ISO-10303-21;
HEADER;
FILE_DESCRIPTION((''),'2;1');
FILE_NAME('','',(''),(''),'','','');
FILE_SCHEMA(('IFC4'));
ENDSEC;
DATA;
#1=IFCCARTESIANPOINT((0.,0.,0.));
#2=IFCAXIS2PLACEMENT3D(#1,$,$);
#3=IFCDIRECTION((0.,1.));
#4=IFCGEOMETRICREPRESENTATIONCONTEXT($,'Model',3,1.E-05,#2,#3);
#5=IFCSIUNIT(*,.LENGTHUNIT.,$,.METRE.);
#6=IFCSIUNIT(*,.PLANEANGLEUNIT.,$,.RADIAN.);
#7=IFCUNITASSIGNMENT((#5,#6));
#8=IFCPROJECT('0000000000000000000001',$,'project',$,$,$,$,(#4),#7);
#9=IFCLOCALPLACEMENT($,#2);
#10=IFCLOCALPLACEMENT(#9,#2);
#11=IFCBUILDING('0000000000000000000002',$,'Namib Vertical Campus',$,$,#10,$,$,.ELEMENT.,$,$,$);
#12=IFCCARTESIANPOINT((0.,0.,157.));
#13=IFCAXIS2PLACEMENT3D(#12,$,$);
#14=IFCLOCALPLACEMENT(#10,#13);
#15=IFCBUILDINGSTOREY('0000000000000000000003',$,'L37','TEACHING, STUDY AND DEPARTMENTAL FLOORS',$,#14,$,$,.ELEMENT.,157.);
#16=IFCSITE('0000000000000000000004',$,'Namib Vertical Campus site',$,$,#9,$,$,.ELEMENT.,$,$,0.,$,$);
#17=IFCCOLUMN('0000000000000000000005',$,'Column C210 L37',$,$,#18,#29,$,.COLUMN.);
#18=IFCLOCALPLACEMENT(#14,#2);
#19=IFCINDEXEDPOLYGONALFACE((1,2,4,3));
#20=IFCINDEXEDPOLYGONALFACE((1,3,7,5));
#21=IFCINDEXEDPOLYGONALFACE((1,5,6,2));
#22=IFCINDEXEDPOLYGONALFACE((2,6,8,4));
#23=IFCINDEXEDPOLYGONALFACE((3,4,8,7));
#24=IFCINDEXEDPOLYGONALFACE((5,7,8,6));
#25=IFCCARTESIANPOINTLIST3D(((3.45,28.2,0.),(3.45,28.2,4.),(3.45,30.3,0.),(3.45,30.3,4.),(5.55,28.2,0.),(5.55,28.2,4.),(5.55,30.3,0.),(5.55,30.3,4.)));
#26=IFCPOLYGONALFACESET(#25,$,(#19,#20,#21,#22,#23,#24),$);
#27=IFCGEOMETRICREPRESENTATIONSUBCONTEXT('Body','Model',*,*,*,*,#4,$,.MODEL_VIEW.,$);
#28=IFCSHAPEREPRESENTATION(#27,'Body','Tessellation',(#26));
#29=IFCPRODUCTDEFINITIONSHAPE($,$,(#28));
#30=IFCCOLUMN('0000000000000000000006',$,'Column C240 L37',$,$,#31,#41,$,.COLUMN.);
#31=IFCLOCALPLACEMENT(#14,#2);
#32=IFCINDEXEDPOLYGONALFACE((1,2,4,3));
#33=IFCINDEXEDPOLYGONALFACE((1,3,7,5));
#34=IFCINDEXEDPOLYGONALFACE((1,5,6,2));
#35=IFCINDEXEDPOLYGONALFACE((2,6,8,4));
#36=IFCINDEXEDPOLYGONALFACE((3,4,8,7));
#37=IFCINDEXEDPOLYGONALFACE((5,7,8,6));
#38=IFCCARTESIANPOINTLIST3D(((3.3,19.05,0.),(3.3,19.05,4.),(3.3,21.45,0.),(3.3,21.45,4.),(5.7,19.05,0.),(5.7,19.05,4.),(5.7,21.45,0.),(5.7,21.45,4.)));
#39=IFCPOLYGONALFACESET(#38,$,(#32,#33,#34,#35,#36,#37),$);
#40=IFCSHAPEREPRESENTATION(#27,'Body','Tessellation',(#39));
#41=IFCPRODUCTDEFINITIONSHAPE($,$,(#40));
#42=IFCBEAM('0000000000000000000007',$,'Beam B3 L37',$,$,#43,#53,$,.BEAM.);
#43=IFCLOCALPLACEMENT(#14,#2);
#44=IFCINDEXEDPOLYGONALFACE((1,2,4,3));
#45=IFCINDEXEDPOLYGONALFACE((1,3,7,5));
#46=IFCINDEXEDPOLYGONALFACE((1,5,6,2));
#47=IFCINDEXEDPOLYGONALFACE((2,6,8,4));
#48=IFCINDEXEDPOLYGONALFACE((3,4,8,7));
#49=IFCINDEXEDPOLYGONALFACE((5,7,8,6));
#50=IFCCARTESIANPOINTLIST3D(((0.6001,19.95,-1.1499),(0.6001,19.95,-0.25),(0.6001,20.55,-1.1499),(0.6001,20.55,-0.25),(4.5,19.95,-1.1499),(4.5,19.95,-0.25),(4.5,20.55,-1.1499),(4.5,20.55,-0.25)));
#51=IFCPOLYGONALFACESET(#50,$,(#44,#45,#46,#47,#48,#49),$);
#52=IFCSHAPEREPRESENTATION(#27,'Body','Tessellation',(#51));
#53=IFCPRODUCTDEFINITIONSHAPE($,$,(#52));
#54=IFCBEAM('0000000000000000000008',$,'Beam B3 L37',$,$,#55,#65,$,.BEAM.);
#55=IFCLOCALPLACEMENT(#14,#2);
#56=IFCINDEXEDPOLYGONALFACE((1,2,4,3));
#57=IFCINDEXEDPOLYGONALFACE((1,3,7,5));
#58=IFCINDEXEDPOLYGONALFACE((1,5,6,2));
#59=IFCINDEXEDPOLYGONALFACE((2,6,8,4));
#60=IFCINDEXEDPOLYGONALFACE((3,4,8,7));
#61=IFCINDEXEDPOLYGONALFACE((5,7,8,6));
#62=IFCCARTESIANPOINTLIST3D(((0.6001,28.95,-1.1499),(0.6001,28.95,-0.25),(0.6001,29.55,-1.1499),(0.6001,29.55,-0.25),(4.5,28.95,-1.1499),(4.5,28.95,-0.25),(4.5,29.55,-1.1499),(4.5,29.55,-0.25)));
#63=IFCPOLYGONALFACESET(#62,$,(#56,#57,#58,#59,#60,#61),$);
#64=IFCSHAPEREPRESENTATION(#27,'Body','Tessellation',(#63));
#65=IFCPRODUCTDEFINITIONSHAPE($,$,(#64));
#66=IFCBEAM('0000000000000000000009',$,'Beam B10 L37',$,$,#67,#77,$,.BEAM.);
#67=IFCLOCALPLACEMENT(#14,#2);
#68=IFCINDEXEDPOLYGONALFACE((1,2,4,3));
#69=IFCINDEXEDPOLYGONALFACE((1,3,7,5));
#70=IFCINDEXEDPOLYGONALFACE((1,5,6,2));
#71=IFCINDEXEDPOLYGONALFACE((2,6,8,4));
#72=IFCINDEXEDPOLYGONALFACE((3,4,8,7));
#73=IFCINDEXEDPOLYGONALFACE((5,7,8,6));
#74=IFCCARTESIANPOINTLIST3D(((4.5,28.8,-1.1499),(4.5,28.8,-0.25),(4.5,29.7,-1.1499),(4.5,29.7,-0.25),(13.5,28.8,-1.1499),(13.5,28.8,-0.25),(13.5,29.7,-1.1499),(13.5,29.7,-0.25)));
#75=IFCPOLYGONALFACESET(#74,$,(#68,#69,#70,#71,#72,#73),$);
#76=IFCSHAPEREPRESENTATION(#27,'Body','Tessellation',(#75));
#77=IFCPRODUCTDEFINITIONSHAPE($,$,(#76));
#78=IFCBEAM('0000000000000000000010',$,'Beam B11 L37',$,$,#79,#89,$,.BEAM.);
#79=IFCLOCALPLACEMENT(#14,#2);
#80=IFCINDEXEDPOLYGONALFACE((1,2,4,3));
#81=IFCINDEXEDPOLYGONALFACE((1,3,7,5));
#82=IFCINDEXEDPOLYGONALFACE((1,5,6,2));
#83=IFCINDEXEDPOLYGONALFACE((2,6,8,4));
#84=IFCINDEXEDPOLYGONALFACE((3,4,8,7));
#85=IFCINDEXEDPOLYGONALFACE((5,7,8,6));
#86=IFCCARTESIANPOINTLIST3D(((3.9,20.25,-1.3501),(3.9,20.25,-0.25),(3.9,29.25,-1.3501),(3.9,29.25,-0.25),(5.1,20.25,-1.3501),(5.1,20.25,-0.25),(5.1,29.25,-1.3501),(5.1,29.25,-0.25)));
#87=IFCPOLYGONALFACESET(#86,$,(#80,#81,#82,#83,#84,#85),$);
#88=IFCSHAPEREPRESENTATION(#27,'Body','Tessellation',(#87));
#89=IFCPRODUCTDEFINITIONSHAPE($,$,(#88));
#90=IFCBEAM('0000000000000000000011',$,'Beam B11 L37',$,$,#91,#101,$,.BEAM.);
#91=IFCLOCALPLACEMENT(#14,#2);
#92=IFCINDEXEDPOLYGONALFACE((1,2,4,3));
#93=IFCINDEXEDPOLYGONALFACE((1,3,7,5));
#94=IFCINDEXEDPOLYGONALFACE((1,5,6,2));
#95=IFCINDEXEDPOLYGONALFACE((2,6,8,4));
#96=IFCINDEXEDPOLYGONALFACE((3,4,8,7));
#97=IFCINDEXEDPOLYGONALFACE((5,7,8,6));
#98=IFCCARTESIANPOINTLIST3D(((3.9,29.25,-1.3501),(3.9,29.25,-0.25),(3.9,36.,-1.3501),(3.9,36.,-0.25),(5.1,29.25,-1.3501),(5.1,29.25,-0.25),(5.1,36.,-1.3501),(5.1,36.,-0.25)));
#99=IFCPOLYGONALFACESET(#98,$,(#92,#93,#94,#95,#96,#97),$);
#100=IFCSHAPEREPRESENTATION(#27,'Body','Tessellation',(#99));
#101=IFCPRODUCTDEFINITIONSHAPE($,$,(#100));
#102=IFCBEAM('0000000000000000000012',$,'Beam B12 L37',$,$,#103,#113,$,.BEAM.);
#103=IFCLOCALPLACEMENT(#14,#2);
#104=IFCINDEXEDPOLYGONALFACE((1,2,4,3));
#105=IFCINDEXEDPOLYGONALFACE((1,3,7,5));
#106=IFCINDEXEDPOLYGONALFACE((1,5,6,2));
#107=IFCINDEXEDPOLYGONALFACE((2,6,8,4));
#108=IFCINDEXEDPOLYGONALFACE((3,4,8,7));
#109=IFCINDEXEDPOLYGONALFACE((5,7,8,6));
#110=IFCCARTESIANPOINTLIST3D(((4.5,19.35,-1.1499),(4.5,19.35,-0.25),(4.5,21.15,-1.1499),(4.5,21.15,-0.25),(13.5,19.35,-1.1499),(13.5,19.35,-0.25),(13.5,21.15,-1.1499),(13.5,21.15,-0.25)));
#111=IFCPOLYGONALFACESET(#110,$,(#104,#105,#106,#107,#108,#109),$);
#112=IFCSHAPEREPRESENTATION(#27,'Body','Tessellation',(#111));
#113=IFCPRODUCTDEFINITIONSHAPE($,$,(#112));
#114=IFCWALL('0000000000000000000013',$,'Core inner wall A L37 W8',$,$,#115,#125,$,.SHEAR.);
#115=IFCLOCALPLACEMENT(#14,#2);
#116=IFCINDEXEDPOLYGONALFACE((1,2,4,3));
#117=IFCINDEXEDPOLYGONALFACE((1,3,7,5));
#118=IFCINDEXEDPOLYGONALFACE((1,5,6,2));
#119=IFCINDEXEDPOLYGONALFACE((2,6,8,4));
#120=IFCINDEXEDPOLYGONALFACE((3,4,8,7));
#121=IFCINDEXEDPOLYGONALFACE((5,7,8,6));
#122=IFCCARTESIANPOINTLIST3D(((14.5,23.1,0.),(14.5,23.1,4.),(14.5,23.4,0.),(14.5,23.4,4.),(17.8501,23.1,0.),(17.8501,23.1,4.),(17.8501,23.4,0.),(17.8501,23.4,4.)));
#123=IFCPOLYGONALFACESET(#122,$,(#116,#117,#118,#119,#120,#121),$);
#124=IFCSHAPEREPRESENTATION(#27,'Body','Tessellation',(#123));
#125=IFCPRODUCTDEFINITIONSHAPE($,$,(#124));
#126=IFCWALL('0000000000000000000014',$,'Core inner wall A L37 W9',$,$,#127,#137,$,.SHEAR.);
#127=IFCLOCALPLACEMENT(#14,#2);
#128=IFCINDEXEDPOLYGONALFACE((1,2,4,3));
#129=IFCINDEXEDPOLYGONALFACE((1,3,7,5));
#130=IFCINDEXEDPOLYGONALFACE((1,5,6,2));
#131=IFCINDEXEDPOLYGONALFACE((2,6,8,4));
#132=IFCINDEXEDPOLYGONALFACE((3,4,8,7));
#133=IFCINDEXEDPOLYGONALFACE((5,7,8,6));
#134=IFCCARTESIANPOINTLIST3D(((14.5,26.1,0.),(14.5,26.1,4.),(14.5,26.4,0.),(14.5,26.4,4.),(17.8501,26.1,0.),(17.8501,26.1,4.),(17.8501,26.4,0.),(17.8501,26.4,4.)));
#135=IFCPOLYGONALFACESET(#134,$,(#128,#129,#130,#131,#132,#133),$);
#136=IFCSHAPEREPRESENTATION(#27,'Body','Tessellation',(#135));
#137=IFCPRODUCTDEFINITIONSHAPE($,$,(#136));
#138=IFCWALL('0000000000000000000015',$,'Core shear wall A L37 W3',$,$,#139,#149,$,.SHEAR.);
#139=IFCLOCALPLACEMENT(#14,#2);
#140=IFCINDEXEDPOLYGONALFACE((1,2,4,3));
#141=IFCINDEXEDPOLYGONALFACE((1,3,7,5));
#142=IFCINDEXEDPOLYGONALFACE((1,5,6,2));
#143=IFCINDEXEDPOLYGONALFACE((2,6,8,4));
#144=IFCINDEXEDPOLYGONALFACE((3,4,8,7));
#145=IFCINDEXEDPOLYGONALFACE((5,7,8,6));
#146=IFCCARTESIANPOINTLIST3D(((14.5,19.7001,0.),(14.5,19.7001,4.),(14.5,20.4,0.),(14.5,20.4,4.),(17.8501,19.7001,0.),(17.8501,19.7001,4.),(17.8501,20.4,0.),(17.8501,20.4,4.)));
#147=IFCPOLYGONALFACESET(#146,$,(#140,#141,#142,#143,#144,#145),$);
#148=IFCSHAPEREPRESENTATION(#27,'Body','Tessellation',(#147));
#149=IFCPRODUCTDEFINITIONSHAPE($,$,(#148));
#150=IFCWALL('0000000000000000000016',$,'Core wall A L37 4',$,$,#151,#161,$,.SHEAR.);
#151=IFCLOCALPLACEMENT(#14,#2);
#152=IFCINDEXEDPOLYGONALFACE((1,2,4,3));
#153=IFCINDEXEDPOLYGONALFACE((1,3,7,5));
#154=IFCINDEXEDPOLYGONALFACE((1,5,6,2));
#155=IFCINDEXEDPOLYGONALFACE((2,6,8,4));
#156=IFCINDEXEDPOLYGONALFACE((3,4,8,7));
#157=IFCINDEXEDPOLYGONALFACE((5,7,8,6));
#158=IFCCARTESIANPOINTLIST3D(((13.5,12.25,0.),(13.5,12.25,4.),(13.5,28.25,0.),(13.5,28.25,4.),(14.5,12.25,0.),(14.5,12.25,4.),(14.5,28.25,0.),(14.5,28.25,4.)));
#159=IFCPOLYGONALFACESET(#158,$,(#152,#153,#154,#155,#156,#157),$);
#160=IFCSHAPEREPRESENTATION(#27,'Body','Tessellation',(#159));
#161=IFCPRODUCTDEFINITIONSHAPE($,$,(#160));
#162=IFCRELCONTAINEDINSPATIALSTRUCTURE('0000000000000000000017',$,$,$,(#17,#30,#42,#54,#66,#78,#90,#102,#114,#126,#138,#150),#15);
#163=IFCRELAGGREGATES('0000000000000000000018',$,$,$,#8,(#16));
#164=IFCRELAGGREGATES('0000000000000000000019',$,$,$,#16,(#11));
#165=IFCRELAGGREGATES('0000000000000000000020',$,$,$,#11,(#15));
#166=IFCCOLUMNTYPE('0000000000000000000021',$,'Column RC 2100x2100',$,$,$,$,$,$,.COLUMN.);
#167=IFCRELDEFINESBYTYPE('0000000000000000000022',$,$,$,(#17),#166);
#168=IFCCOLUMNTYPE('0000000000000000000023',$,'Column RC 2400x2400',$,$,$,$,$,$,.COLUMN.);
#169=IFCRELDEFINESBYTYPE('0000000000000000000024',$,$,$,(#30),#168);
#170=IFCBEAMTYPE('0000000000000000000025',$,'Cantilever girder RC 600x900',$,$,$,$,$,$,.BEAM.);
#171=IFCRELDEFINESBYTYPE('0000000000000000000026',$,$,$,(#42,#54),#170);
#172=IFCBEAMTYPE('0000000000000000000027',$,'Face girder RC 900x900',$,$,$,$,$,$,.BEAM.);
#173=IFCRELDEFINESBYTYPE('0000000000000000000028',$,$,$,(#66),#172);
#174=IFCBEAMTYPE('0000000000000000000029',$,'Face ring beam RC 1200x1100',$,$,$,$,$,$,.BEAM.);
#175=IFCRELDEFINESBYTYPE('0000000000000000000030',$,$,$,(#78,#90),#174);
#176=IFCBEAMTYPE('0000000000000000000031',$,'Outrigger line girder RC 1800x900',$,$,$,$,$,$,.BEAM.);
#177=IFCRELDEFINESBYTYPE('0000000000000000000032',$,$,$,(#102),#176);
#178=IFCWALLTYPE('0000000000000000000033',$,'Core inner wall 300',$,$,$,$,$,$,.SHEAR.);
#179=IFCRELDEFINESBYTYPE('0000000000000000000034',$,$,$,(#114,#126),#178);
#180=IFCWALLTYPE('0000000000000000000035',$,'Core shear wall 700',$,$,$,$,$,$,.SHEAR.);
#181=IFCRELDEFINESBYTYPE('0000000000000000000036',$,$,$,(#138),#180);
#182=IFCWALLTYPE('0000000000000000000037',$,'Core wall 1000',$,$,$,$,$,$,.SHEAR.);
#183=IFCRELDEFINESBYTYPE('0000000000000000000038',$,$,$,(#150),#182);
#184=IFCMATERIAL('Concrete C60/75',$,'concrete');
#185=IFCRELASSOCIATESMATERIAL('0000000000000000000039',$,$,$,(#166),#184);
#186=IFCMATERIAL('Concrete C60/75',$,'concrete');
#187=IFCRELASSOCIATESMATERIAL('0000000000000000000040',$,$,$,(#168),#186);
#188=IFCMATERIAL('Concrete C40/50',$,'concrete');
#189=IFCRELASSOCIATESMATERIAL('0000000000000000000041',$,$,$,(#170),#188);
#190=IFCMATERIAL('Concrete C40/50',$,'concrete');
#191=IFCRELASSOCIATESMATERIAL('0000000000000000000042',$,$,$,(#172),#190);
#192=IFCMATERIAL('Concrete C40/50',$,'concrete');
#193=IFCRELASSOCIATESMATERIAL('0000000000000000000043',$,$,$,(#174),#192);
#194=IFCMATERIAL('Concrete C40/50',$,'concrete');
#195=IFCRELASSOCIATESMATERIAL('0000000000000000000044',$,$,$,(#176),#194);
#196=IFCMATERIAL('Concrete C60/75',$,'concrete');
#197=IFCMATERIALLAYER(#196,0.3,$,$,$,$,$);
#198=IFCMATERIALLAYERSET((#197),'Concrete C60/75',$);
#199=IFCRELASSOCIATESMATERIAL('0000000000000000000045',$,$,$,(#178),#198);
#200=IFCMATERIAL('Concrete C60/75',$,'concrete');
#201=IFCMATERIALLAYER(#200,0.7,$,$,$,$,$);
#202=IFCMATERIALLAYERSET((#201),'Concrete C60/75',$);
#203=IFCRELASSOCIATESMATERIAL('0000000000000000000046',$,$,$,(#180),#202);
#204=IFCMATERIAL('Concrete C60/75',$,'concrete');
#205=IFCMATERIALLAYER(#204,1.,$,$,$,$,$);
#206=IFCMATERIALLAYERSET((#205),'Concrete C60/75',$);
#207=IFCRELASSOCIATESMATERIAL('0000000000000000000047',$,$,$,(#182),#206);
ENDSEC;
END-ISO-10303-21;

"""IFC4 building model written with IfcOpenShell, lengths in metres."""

from ifc_helpers import new_model, si_unit, direction, frame, frame_2d, origin, origin_2d, place, context, subcontext, project, spatial, rectangle, extrude, material, layer, layer_set, material_profile, profile_set, type_object, element, save


model = new_model("IFC4")

# Units and contexts
model_context = context("Model", 3, precision=1e-05, world=origin(), true_north=direction((0.0, 1.0)))
body_context = subcontext(model_context, "Body", "Model", "MODEL_VIEW")
ifc_project = project(units=[si_unit("LENGTHUNIT", "METRE"), si_unit("PLANEANGLEUNIT", "RADIAN")], contexts=[model_context])

# Site, building, storey
site_placement = place(None, origin())
site = spatial("IfcSite", under=ifc_project, at=site_placement, Name="Namib Vertical Campus site", CompositionType="ELEMENT", RefElevation=0.0)
building_placement = place(site_placement, origin())
building = spatial("IfcBuilding", under=site, at=building_placement, Name="Namib Vertical Campus", CompositionType="ELEMENT")
storey_placement = place(building_placement, frame((0.0, 0.0, 157.0)))
storey = spatial("IfcBuildingStorey", under=building, at=storey_placement, Name="L37", Description="TEACHING, STUDY AND DEPARTMENTAL FLOORS", CompositionType="ELEMENT", Elevation=157.0)

# Columns
ifc_material_1 = material(Name="Concrete C60/75", Category="concrete")
ifc_material_profile_1 = material_profile(ifc_material_1, rectangle(XDim=2.1001, YDim=2.1001, at=origin_2d()))
ifc_profile_set_1 = profile_set([ifc_material_profile_1], Name="Concrete C60/75")
column_type_1 = type_object("IfcColumnType", Name="Column RC 2100x2100", PredefinedType="COLUMN", material=ifc_profile_set_1)
column_1_placement = place(storey_placement, frame((4.5, 29.25, 0.0), z_axis=(0.0, 0.0, 1.0), x_axis=(1.0, 0.0, 0.0)))
element("IfcColumn", 1, at=column_1_placement, inside=storey, type_object=column_type_1, Name="Column C210 L37", PredefinedType="COLUMN", context=body_context, shape_type="SweptSolid", body=[
    extrude(rectangle(XDim=2.1001, YDim=2.1001, at=origin_2d()), origin(), (0.0, 0.0, 1.0), 4.0),
])
ifc_material_2 = material(Name="Concrete C60/75", Category="concrete")
ifc_material_profile_2 = material_profile(ifc_material_2, rectangle(XDim=2.3999, YDim=2.3999, at=origin_2d()))
ifc_profile_set_2 = profile_set([ifc_material_profile_2], Name="Concrete C60/75")
column_type_2 = type_object("IfcColumnType", Name="Column RC 2400x2400", PredefinedType="COLUMN", material=ifc_profile_set_2)
column_2_placement = place(storey_placement, frame((4.5, 20.25, 0.0), z_axis=(0.0, 0.0, 1.0), x_axis=(1.0, 0.0, 0.0)))
element("IfcColumn", 2, at=column_2_placement, inside=storey, type_object=column_type_2, Name="Column C240 L37", PredefinedType="COLUMN", context=body_context, shape_type="SweptSolid", body=[
    extrude(rectangle(XDim=2.3999, YDim=2.3999, at=origin_2d()), origin(), (0.0, 0.0, 1.0), 4.0),
])

# Beams
ifc_material_3 = material(Name="Concrete C40/50", Category="concrete")
ifc_material_profile_3 = material_profile(ifc_material_3, rectangle(XDim=0.6001, YDim=0.8999, at=origin_2d()))
ifc_profile_set_3 = profile_set([ifc_material_profile_3], Name="Concrete C40/50")
beam_type_1 = type_object("IfcBeamType", Name="Cantilever girder RC 600x900", PredefinedType="BEAM", material=ifc_profile_set_3)
for number, where, z_axis, x_axis, name in (
    (3, (4.5, 20.25, -0.7), (-1.0, 0.0, 0.0), (0.0, -1.0, 0.0), "Beam B3 L37"),
    (4, (4.5, 29.25, -0.7), (-1.0, 0.0, 0.0), (0.0, -1.0, 0.0), "Beam B3 L37"),
):
    element("IfcBeam", number, at=place(storey_placement, frame(where, z_axis=z_axis, x_axis=x_axis)), inside=storey, type_object=beam_type_1, Name=name, PredefinedType="BEAM", context=body_context, shape_type="SweptSolid", body=[
        extrude(rectangle(XDim=0.6001, YDim=0.8999, at=origin_2d()), origin(), (0.0, 0.0, 1.0), 3.8999),
    ])
ifc_material_4 = material(Name="Concrete C40/50", Category="concrete")
ifc_material_profile_4 = material_profile(ifc_material_4, rectangle(XDim=0.8999, YDim=0.8999, at=origin_2d()))
ifc_profile_set_4 = profile_set([ifc_material_profile_4], Name="Concrete C40/50")
beam_type_2 = type_object("IfcBeamType", Name="Face girder RC 900x900", PredefinedType="BEAM", material=ifc_profile_set_4)
beam_1_placement = place(storey_placement, frame((4.5, 29.25, -0.7), z_axis=(1.0, 0.0, 0.0), x_axis=(0.0, 1.0, 0.0)))
element("IfcBeam", 5, at=beam_1_placement, inside=storey, type_object=beam_type_2, Name="Beam B10 L37", PredefinedType="BEAM", context=body_context, shape_type="SweptSolid", body=[
    extrude(rectangle(XDim=0.8999, YDim=0.8999, at=origin_2d()), origin(), (0.0, 0.0, 1.0), 9.0),
])
ifc_material_5 = material(Name="Concrete C40/50", Category="concrete")
ifc_material_profile_5 = material_profile(ifc_material_5, rectangle(XDim=1.2, YDim=1.1001, at=origin_2d()))
ifc_profile_set_5 = profile_set([ifc_material_profile_5], Name="Concrete C40/50")
beam_type_3 = type_object("IfcBeamType", Name="Face ring beam RC 1200x1100", PredefinedType="BEAM", material=ifc_profile_set_5)
beam_2_placement = place(storey_placement, frame((4.5, 20.25, -0.8), z_axis=(0.0, 1.0, 0.0), x_axis=(-1.0, 0.0, 0.0)))
element("IfcBeam", 6, at=beam_2_placement, inside=storey, type_object=beam_type_3, Name="Beam B11 L37", PredefinedType="BEAM", context=body_context, shape_type="SweptSolid", body=[
    extrude(rectangle(XDim=1.2, YDim=1.1001, at=origin_2d()), origin(), (0.0, 0.0, 1.0), 9.0),
])
beam_3_placement = place(storey_placement, frame((4.5, 29.25, -0.8), z_axis=(0.0, 1.0, 0.0), x_axis=(-1.0, 0.0, 0.0)))
element("IfcBeam", 7, at=beam_3_placement, inside=storey, type_object=beam_type_3, Name="Beam B11 L37", PredefinedType="BEAM", context=body_context, shape_type="SweptSolid", body=[
    extrude(rectangle(XDim=1.2, YDim=1.1001, at=origin_2d()), origin(), (0.0, 0.0, 1.0), 6.75),
])
ifc_material_6 = material(Name="Concrete C40/50", Category="concrete")
ifc_material_profile_6 = material_profile(ifc_material_6, rectangle(XDim=1.8, YDim=0.8999, at=origin_2d()))
ifc_profile_set_6 = profile_set([ifc_material_profile_6], Name="Concrete C40/50")
beam_type_4 = type_object("IfcBeamType", Name="Outrigger line girder RC 1800x900", PredefinedType="BEAM", material=ifc_profile_set_6)
beam_4_placement = place(storey_placement, frame((4.5, 20.25, -0.7), z_axis=(1.0, 0.0, 0.0), x_axis=(0.0, 1.0, 0.0)))
element("IfcBeam", 8, at=beam_4_placement, inside=storey, type_object=beam_type_4, Name="Beam B12 L37", PredefinedType="BEAM", context=body_context, shape_type="SweptSolid", body=[
    extrude(rectangle(XDim=1.8, YDim=0.8999, at=origin_2d()), origin(), (0.0, 0.0, 1.0), 9.0),
])

# Walls
ifc_material_7 = material(Name="Concrete C60/75", Category="concrete")
ifc_layer_1 = layer(ifc_material_7, 0.3)
ifc_layer_set_1 = layer_set([ifc_layer_1], Name="Concrete C60/75")
wall_type_1 = type_object("IfcWallType", Name="Core inner wall 300", PredefinedType="SHEAR", material=ifc_layer_set_1)
for number, where, z_axis, x_axis, name in (
    (9, (14.5, 23.25, 0.0), (0.0, 0.0, 1.0), (1.0, 0.0, 0.0), "Core inner wall A L37 W8"),
    (10, (14.5, 26.25, 0.0), (0.0, 0.0, 1.0), (1.0, 0.0, 0.0), "Core inner wall A L37 W9"),
):
    element("IfcWall", number, at=place(storey_placement, frame(where, z_axis=z_axis, x_axis=x_axis)), inside=storey, type_object=wall_type_1, Name=name, PredefinedType="SHEAR", context=body_context, shape_type="SweptSolid", body=[
        extrude(rectangle(XDim=3.3501, YDim=0.3, at=frame_2d((1.675, 0.0))), origin(), (0.0, 0.0, 1.0), 4.0),
    ])
ifc_material_8 = material(Name="Concrete C60/75", Category="concrete")
ifc_layer_2 = layer(ifc_material_8, 0.7)
ifc_layer_set_2 = layer_set([ifc_layer_2], Name="Concrete C60/75")
wall_type_2 = type_object("IfcWallType", Name="Core shear wall 700", PredefinedType="SHEAR", material=ifc_layer_set_2)
wall_1_placement = place(storey_placement, frame((14.5, 20.05, 0.0), z_axis=(0.0, 0.0, 1.0), x_axis=(1.0, 0.0, 0.0)))
element("IfcWall", 11, at=wall_1_placement, inside=storey, type_object=wall_type_2, Name="Core shear wall A L37 W3", PredefinedType="SHEAR", context=body_context, shape_type="SweptSolid", body=[
    extrude(rectangle(XDim=3.3501, YDim=0.7, at=frame_2d((1.675, 0.0))), origin(), (0.0, 0.0, 1.0), 4.0),
])
ifc_material_9 = material(Name="Concrete C60/75", Category="concrete")
ifc_layer_3 = layer(ifc_material_9, 1.0)
ifc_layer_set_3 = layer_set([ifc_layer_3], Name="Concrete C60/75")
wall_type_3 = type_object("IfcWallType", Name="Core wall 1000", PredefinedType="SHEAR", material=ifc_layer_set_3)
wall_2_placement = place(storey_placement, frame((14.0, 28.25, 0.0), z_axis=(0.0, 0.0, 1.0), x_axis=(0.0, -1.0, 0.0)))
element("IfcWall", 12, at=wall_2_placement, inside=storey, type_object=wall_type_3, Name="Core wall A L37 4", PredefinedType="SHEAR", context=body_context, shape_type="SweptSolid", body=[
    extrude(rectangle(XDim=16.0, YDim=1.0, at=frame_2d((8.0, 0.0))), origin(), (0.0, 0.0, 1.0), 4.0),
])

save(model, "model.ifc")
